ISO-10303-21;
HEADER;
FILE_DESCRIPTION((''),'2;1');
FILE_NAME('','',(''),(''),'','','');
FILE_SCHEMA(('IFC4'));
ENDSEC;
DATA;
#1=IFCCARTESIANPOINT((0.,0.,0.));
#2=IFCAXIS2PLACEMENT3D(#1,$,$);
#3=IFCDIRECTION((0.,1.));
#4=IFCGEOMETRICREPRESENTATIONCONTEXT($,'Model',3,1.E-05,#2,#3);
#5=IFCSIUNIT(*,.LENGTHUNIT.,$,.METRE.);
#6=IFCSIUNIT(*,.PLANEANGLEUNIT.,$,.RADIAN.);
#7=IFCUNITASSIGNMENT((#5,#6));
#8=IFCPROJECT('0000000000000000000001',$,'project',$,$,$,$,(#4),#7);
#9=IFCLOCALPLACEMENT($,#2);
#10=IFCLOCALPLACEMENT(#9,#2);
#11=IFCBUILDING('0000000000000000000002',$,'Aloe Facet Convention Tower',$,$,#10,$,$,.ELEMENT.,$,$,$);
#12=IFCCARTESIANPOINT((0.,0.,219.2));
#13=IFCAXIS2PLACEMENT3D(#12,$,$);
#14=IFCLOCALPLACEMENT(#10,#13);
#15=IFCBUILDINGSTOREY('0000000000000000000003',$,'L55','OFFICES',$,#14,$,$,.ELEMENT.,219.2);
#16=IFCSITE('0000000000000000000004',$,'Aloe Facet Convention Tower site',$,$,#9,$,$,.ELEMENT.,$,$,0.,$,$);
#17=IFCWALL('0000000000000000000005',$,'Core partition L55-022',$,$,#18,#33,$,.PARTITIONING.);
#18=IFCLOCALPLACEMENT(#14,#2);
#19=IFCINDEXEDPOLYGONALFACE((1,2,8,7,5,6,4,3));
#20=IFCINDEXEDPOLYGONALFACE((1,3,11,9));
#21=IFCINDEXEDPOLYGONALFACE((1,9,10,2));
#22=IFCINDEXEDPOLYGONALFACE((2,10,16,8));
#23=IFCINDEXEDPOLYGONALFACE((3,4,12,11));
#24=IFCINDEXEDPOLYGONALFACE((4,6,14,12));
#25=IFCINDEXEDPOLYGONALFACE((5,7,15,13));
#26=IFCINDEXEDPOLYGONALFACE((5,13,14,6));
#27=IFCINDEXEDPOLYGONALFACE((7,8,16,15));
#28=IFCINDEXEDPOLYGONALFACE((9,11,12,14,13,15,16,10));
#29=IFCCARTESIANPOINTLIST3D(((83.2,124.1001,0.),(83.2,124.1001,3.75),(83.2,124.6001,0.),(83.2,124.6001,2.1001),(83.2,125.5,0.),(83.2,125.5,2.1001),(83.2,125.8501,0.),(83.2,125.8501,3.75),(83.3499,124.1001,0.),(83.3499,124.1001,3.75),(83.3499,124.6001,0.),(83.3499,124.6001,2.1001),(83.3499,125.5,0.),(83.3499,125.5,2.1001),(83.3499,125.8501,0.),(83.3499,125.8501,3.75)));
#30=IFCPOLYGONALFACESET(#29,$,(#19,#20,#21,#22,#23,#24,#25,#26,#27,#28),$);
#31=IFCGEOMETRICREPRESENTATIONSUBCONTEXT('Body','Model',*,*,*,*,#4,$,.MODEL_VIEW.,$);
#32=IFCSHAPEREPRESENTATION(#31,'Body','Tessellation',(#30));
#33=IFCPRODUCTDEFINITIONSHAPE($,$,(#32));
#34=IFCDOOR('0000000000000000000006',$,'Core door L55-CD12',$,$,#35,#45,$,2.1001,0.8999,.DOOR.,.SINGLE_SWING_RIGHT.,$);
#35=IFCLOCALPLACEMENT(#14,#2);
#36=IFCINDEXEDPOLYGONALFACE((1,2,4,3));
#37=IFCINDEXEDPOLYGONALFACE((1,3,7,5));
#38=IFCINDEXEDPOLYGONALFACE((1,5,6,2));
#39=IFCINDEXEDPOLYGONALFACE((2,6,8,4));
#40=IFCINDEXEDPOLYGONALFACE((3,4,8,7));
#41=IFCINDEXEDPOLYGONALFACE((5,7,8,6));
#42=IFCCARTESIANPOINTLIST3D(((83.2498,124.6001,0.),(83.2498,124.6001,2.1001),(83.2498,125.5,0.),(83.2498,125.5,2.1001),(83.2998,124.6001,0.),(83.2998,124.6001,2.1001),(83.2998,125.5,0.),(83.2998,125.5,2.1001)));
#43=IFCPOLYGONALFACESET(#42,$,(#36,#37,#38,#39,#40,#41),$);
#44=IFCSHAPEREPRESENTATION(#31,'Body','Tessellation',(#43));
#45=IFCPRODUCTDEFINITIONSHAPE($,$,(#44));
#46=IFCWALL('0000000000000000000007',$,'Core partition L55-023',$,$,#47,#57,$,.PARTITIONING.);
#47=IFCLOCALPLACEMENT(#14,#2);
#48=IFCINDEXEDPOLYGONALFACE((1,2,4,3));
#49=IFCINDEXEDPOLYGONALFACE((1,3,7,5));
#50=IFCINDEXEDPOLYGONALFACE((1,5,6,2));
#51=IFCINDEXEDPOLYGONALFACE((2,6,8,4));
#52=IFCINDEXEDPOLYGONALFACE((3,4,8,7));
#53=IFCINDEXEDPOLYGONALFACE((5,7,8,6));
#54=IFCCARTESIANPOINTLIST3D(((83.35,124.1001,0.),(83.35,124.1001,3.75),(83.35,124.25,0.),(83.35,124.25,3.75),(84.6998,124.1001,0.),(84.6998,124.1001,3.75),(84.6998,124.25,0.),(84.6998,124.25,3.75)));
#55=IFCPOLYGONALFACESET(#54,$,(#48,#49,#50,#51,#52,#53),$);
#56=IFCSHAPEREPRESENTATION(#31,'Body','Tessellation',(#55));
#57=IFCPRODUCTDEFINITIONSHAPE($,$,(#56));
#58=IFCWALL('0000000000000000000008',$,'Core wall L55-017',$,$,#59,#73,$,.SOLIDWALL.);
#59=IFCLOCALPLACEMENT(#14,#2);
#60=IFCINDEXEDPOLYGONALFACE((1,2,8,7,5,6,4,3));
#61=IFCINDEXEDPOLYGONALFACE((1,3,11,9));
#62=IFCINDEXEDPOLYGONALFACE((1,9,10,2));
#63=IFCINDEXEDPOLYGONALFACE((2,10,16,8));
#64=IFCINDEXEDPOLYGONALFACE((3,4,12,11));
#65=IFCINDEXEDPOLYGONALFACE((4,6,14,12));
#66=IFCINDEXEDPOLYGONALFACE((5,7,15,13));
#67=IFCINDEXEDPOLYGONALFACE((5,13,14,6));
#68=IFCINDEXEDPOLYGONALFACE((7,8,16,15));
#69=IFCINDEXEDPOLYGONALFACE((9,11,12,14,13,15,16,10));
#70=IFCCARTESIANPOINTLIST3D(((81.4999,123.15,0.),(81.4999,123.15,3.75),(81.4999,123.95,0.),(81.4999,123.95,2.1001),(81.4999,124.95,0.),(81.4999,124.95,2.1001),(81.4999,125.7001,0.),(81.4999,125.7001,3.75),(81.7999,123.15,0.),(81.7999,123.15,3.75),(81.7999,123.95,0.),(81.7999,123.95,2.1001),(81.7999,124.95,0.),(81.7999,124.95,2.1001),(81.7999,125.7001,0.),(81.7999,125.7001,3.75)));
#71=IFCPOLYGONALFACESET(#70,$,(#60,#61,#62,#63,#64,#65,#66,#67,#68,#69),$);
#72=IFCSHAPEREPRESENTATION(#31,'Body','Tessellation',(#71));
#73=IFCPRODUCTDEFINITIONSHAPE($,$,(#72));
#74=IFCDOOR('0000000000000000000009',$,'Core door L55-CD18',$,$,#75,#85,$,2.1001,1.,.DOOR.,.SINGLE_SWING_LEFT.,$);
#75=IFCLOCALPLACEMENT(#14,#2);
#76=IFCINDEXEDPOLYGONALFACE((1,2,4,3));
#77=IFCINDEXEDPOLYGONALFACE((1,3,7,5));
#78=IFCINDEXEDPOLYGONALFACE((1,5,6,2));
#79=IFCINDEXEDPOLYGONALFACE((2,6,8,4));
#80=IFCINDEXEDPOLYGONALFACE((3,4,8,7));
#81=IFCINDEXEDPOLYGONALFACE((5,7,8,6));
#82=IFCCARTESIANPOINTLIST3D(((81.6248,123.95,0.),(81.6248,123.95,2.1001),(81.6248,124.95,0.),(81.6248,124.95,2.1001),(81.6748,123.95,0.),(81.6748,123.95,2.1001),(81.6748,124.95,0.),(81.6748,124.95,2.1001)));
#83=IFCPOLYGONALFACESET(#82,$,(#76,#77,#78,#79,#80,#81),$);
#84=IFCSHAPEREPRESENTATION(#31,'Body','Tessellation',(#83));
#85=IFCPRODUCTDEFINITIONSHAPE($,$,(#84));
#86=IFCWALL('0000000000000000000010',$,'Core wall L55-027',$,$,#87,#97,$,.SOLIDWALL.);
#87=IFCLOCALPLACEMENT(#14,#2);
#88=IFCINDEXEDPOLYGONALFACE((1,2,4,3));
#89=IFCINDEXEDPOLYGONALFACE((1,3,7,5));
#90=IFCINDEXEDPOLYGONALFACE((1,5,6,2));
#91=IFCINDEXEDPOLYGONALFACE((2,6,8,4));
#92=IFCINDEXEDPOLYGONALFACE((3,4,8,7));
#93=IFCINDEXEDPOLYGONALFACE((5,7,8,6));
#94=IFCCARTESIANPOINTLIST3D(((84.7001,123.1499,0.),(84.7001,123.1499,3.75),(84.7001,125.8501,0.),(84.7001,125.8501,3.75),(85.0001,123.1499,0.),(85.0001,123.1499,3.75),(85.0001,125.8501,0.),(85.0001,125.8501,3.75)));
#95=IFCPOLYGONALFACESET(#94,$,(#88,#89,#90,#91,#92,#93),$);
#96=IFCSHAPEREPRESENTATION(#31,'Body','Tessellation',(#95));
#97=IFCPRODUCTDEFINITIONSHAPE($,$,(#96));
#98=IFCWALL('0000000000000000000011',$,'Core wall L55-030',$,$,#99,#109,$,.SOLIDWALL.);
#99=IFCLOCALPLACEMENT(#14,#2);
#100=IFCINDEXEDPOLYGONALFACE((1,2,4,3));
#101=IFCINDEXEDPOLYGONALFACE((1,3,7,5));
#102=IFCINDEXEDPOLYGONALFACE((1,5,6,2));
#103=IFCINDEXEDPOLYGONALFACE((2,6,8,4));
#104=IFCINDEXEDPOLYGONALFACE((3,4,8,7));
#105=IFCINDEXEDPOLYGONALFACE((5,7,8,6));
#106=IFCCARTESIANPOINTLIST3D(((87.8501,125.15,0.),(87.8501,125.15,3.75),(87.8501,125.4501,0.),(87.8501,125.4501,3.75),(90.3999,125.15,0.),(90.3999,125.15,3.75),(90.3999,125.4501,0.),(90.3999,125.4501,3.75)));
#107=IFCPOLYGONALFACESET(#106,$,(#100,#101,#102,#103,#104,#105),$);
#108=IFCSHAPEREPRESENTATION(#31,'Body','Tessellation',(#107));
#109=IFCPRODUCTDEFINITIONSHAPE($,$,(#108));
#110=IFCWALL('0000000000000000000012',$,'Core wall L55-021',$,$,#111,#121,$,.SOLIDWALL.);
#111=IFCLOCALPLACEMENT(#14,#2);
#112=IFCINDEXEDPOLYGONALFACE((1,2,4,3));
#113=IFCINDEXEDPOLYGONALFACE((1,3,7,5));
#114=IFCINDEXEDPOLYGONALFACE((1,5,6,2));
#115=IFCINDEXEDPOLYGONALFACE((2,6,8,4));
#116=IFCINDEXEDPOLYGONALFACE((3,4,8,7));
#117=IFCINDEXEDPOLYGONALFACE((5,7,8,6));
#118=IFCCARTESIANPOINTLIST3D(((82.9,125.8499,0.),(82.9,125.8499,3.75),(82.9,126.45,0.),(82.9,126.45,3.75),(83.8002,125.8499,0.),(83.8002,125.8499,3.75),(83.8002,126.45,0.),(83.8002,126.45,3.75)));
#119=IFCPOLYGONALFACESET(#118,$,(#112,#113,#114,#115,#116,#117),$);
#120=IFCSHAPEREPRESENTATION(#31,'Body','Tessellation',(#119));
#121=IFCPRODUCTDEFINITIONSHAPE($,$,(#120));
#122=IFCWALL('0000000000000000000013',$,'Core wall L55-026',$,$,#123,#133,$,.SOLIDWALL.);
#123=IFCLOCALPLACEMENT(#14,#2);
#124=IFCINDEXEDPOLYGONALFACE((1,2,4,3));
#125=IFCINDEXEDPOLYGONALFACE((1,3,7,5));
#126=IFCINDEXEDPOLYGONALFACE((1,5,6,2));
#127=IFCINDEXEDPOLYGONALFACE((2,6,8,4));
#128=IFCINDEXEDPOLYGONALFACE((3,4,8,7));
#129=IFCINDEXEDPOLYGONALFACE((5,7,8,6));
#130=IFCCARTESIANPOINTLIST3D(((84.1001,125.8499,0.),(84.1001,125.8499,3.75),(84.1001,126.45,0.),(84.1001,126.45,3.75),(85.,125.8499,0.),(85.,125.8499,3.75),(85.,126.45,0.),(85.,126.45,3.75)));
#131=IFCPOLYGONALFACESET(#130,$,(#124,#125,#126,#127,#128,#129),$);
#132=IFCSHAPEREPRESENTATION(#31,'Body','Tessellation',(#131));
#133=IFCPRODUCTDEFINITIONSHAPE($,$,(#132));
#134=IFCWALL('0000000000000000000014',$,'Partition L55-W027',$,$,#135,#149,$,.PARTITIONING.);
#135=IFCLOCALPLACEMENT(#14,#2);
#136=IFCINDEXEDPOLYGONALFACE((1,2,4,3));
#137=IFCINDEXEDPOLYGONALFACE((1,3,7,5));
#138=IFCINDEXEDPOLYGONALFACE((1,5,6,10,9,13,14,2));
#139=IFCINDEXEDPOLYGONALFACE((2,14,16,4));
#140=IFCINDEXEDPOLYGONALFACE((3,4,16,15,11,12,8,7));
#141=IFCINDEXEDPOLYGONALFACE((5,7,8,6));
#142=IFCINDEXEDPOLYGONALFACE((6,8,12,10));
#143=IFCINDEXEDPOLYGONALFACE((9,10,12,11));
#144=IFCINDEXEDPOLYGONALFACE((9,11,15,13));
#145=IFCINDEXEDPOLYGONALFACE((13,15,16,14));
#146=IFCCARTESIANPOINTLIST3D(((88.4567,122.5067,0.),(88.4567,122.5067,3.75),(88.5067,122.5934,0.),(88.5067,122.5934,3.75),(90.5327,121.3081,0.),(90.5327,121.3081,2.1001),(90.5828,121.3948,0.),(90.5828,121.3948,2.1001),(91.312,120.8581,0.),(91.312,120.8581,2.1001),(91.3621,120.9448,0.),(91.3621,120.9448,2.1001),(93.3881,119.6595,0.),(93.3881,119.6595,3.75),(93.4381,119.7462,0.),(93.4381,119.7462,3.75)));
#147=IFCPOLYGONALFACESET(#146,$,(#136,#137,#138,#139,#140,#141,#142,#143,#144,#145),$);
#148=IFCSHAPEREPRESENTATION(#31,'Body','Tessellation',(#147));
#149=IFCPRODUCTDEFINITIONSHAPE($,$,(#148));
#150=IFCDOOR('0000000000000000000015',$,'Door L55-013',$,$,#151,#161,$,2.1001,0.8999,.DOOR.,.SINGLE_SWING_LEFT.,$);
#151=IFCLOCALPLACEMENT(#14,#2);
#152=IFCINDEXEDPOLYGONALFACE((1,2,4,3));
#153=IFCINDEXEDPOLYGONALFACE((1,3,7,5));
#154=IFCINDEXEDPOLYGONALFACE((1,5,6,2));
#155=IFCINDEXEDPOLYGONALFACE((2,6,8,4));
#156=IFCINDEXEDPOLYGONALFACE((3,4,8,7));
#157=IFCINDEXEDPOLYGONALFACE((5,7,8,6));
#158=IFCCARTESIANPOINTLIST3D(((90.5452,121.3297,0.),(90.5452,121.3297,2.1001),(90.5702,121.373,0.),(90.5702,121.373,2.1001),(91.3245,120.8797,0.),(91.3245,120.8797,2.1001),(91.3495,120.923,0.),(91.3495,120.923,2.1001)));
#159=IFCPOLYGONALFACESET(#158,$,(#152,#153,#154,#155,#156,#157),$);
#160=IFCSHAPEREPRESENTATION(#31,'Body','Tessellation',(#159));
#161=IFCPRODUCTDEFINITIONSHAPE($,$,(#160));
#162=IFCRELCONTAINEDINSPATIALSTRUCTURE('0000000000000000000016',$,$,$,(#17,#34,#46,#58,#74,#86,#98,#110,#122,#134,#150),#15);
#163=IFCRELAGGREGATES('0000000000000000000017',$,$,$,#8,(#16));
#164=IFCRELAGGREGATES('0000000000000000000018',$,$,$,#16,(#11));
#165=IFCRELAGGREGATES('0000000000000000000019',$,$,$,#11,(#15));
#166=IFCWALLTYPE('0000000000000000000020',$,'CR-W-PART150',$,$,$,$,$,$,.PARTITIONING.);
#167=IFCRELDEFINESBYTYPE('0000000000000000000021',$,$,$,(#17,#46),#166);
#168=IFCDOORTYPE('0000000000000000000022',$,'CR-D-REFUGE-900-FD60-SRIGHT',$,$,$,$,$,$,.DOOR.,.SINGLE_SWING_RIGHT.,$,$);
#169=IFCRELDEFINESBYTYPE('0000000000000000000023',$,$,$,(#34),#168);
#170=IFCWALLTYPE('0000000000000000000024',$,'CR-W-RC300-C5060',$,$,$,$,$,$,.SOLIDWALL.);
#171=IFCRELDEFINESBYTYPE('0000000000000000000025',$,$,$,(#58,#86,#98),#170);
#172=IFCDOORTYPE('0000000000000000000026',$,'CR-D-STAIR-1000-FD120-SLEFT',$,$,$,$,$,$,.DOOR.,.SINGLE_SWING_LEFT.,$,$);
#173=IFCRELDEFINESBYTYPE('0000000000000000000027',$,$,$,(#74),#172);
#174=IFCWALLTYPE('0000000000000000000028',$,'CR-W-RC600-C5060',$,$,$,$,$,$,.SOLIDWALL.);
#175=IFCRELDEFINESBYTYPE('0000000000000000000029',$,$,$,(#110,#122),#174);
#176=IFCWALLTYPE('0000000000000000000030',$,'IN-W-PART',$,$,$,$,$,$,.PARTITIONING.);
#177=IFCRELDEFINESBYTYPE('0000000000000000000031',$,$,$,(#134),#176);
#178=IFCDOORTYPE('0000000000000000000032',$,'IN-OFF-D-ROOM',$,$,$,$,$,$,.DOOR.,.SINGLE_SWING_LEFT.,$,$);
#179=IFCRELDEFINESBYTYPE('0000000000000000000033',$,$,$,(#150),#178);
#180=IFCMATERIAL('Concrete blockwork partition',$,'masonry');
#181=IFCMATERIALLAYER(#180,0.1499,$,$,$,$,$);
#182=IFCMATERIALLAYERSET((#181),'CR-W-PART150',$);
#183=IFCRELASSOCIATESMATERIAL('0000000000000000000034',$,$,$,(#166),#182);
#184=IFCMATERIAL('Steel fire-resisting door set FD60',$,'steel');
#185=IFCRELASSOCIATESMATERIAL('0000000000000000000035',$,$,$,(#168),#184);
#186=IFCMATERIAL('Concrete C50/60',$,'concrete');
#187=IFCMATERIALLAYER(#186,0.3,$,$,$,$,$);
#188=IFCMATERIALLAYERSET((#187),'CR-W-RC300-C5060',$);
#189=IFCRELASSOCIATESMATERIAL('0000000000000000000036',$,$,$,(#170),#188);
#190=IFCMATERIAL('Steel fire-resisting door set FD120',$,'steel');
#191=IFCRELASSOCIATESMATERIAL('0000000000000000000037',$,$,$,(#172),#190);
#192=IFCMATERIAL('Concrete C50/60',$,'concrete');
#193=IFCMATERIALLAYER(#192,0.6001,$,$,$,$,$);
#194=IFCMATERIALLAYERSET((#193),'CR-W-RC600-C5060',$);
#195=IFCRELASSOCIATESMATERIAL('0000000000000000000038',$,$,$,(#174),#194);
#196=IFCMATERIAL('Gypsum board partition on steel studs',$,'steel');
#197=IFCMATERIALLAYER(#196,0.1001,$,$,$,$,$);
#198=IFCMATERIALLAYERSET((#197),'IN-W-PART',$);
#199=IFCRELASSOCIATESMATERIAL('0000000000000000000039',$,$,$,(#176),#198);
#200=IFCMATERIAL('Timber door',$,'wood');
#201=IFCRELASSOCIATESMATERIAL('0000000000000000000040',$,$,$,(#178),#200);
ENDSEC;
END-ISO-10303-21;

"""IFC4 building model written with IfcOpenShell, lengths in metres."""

from ifc_helpers import new_model, si_unit, direction, frame, frame_2d, origin, place, context, subcontext, project, spatial, rectangle, extrude, material, layer, layer_set, type_object, element, fill, save


model = new_model("IFC4")

# Units and contexts
model_context = context("Model", 3, precision=1e-05, world=origin(), true_north=direction((0.0, 1.0)))
body_context = subcontext(model_context, "Body", "Model", "MODEL_VIEW")
ifc_project = project(units=[si_unit("LENGTHUNIT", "METRE"), si_unit("PLANEANGLEUNIT", "RADIAN")], contexts=[model_context])

# Site, building, storey
site_placement = place(None, origin())
site = spatial("IfcSite", under=ifc_project, at=site_placement, Name="Aloe Facet Convention Tower site", CompositionType="ELEMENT", RefElevation=0.0)
building_placement = place(site_placement, origin())
building = spatial("IfcBuilding", under=site, at=building_placement, Name="Aloe Facet Convention Tower", CompositionType="ELEMENT")
storey_placement = place(building_placement, frame((0.0, 0.0, 219.2)))
storey = spatial("IfcBuildingStorey", under=building, at=storey_placement, Name="L55", Description="OFFICES", CompositionType="ELEMENT", Elevation=219.2)

# Wall, opening, door
ifc_material_1 = material(Name="Concrete blockwork partition", Category="masonry")
ifc_layer_1 = layer(ifc_material_1, 0.1499)
ifc_layer_set_1 = layer_set([ifc_layer_1], Name="CR-W-PART150")
wall_type_1 = type_object("IfcWallType", Name="CR-W-PART150", PredefinedType="PARTITIONING", material=ifc_layer_set_1)
wall_1_placement = place(storey_placement, frame((83.2749, 125.8501, 0.0), z_axis=(0.0, 0.0, 1.0), x_axis=(0.0, -1.0, 0.0)))
wall_1 = element("IfcWall", 1, at=wall_1_placement, inside=storey, type_object=wall_type_1, Name="Core partition L55-022", PredefinedType="PARTITIONING", context=body_context, shape_type="SweptSolid", body=[
    extrude(rectangle(XDim=1.75, YDim=0.1499, at=frame_2d((0.875, 0.0))), origin(), (0.0, 0.0, 1.0), 3.75),
])
opening_1_placement = place(wall_1_placement, frame((0.3501, 0.0, 0.0)))
opening_1 = element("IfcOpeningElement", 2, at=opening_1_placement, cuts=wall_1, PredefinedType="OPENING", context=body_context, shape_type="SweptSolid", body=[
    extrude(rectangle(XDim=0.8999, YDim=2.1001, at=frame_2d((0.45, 1.05))), frame((0.0, 0.085, 0.0), z_axis=(0.0, -1.0, 0.0), x_axis=(1.0, 0.0, 0.0)), (0.0, 0.0, 1.0), 0.1699),
])
ifc_material_2 = material(Name="Steel fire-resisting door set FD60", Category="steel")
door_type_1 = type_object("IfcDoorType", Name="CR-D-REFUGE-900-FD60-SRIGHT", OperationType="SINGLE_SWING_RIGHT", PredefinedType="DOOR", material=ifc_material_2)
door_1_placement = place(opening_1_placement, origin())
door_1 = element("IfcDoor", 3, at=door_1_placement, inside=storey, type_object=door_type_1, Name="Core door L55-CD12", OperationType="SINGLE_SWING_RIGHT", OverallHeight=2.1001, OverallWidth=0.8999, PredefinedType="DOOR", context=body_context, shape_type="SweptSolid", body=[
    extrude(rectangle(XDim=0.8999, YDim=2.1001, at=frame_2d((0.45, 1.05))), frame((0.0, 0.0249, 0.0), z_axis=(0.0, -1.0, 0.0), x_axis=(1.0, 0.0, 0.0)), (0.0, 0.0, 1.0), 0.05),
])
fill(opening_1, door_1)

# Wall
wall_2_placement = place(storey_placement, frame((83.3501, 124.175, 0.0), z_axis=(0.0, 0.0, 1.0), x_axis=(1.0, 0.0, 0.0)))
element("IfcWall", 4, at=wall_2_placement, inside=storey, type_object=wall_type_1, Name="Core partition L55-023", PredefinedType="PARTITIONING", context=body_context, shape_type="SweptSolid", body=[
    extrude(rectangle(XDim=1.3499, YDim=0.1499, at=frame_2d((0.6748, 0.0))), origin(), (0.0, 0.0, 1.0), 3.75),
])

# Wall, opening, door
ifc_material_3 = material(Name="Concrete C50/60", Category="concrete")
ifc_layer_2 = layer(ifc_material_3, 0.3)
ifc_layer_set_2 = layer_set([ifc_layer_2], Name="CR-W-RC300-C5060")
wall_type_2 = type_object("IfcWallType", Name="CR-W-RC300-C5060", PredefinedType="SOLIDWALL", material=ifc_layer_set_2)
wall_3_placement = place(storey_placement, frame((81.6499, 125.7, 0.0), z_axis=(0.0, 0.0, 1.0), x_axis=(0.0, -1.0, 0.0)))
wall_3 = element("IfcWall", 5, at=wall_3_placement, inside=storey, type_object=wall_type_2, Name="Core wall L55-017", PredefinedType="SOLIDWALL", context=body_context, shape_type="SweptSolid", body=[
    extrude(rectangle(XDim=2.55, YDim=0.3, at=frame_2d((1.2749, 0.0))), origin(), (0.0, 0.0, 1.0), 3.75),
])
opening_2_placement = place(wall_3_placement, frame((0.75, 0.0, 0.0)))
opening_2 = element("IfcOpeningElement", 6, at=opening_2_placement, cuts=wall_3, PredefinedType="OPENING", context=body_context, shape_type="SweptSolid", body=[
    extrude(rectangle(XDim=1.0, YDim=2.1001, at=frame_2d((0.5, 1.05))), frame((0.0, 0.1602, 0.0), z_axis=(0.0, -1.0, 0.0), x_axis=(1.0, 0.0, 0.0)), (0.0, 0.0, 1.0), 0.3201),
])
ifc_material_4 = material(Name="Steel fire-resisting door set FD120", Category="steel")
door_type_2 = type_object("IfcDoorType", Name="CR-D-STAIR-1000-FD120-SLEFT", OperationType="SINGLE_SWING_LEFT", PredefinedType="DOOR", material=ifc_material_4)
door_2_placement = place(opening_2_placement, origin())
door_2 = element("IfcDoor", 7, at=door_2_placement, inside=storey, type_object=door_type_2, Name="Core door L55-CD18", OperationType="SINGLE_SWING_LEFT", OverallHeight=2.1001, OverallWidth=1.0, PredefinedType="DOOR", context=body_context, shape_type="SweptSolid", body=[
    extrude(rectangle(XDim=1.0, YDim=2.1001, at=frame_2d((0.5, 1.05))), frame((0.0, 0.0249, 0.0), z_axis=(0.0, -1.0, 0.0), x_axis=(1.0, 0.0, 0.0)), (0.0, 0.0, 1.0), 0.05),
])
fill(opening_2, door_2)

# Walls
wall_4_placement = place(storey_placement, frame((84.8501, 125.8501, 0.0), z_axis=(0.0, 0.0, 1.0), x_axis=(0.0, -1.0, 0.0)))
element("IfcWall", 8, at=wall_4_placement, inside=storey, type_object=wall_type_2, Name="Core wall L55-027", PredefinedType="SOLIDWALL", context=body_context, shape_type="SweptSolid", body=[
    extrude(rectangle(XDim=2.7002, YDim=0.3, at=frame_2d((1.3501, 0.0))), origin(), (0.0, 0.0, 1.0), 3.75),
])
wall_5_placement = place(storey_placement, frame((87.8501, 125.3, 0.0), z_axis=(0.0, 0.0, 1.0), x_axis=(1.0, 0.0, 0.0)))
element("IfcWall", 9, at=wall_5_placement, inside=storey, type_object=wall_type_2, Name="Core wall L55-030", PredefinedType="SOLIDWALL", context=body_context, shape_type="SweptSolid", body=[
    extrude(rectangle(XDim=2.5498, YDim=0.3, at=frame_2d((1.2749, 0.0))), origin(), (0.0, 0.0, 1.0), 3.75),
])
ifc_material_5 = material(Name="Concrete C50/60", Category="concrete")
ifc_layer_3 = layer(ifc_material_5, 0.6001)
ifc_layer_set_3 = layer_set([ifc_layer_3], Name="CR-W-RC600-C5060")
wall_type_3 = type_object("IfcWallType", Name="CR-W-RC600-C5060", PredefinedType="SOLIDWALL", material=ifc_layer_set_3)
wall_6_placement = place(storey_placement, frame((82.8999, 126.1499, 0.0), z_axis=(0.0, 0.0, 1.0), x_axis=(1.0, 0.0, 0.0)))
element("IfcWall", 10, at=wall_6_placement, inside=storey, type_object=wall_type_3, Name="Core wall L55-021", PredefinedType="SOLIDWALL", context=body_context, shape_type="SweptSolid", body=[
    extrude(rectangle(XDim=0.9001, YDim=0.6001, at=frame_2d((0.4502, 0.0))), origin(), (0.0, 0.0, 1.0), 3.75),
])
wall_7_placement = place(storey_placement, frame((84.1001, 126.1499, 0.0), z_axis=(0.0, 0.0, 1.0), x_axis=(1.0, 0.0, 0.0)))
element("IfcWall", 11, at=wall_7_placement, inside=storey, type_object=wall_type_3, Name="Core wall L55-026", PredefinedType="SOLIDWALL", context=body_context, shape_type="SweptSolid", body=[
    extrude(rectangle(XDim=0.8999, YDim=0.6001, at=frame_2d((0.45, 0.0))), origin(), (0.0, 0.0, 1.0), 3.75),
])

# Wall, opening, door
ifc_material_6 = material(Name="Gypsum board partition on steel studs", Category="steel")
ifc_layer_4 = layer(ifc_material_6, 0.1001)
ifc_layer_set_4 = layer_set([ifc_layer_4], Name="IN-W-PART")
wall_type_4 = type_object("IfcWallType", Name="IN-W-PART", PredefinedType="PARTITIONING", material=ifc_layer_set_4)
wall_8_placement = place(storey_placement, frame((88.4817, 122.55, 0.0), z_axis=(0.0, 0.0, 1.0), x_axis=(0.866024, -0.500003, 0.0)))
wall_8 = element("IfcWall", 12, at=wall_8_placement, inside=storey, type_object=wall_type_4, Name="Partition L55-W027", PredefinedType="PARTITIONING", context=body_context, shape_type="SweptSolid", body=[
    extrude(rectangle(XDim=5.6943, YDim=0.1001, at=frame_2d((2.8472, 0.0))), origin(), (0.0, 0.0, 1.0), 3.75),
])
opening_3_placement = place(wall_8_placement, frame((2.3972, 0.0, 0.0)))
opening_3 = element("IfcOpeningElement", 13, at=opening_3_placement, cuts=wall_8, PredefinedType="OPENING", context=body_context, shape_type="SweptSolid", body=[
    extrude(rectangle(XDim=0.8999, YDim=2.1001, at=frame_2d((0.45, 1.05))), frame((0.0, 0.0601, 0.0), z_axis=(0.0, -1.0, 0.0), x_axis=(1.0, 0.0, 0.0)), (0.0, 0.0, 1.0), 0.1201),
])
ifc_material_7 = material(Name="Timber door", Category="wood")
door_type_3 = type_object("IfcDoorType", Name="IN-OFF-D-ROOM", OperationType="SINGLE_SWING_LEFT", PredefinedType="DOOR", material=ifc_material_7)
door_3_placement = place(opening_3_placement, origin())
door_3 = element("IfcDoor", 14, at=door_3_placement, inside=storey, type_object=door_type_3, Name="Door L55-013", OperationType="SINGLE_SWING_LEFT", OverallHeight=2.1001, OverallWidth=0.8999, PredefinedType="DOOR", context=body_context, shape_type="SweptSolid", body=[
    extrude(rectangle(XDim=0.8999, YDim=2.1001, at=frame_2d((0.45, 1.05))), frame((0.0, 0.0249, 0.0), z_axis=(0.0, -1.0, 0.0), x_axis=(1.0, 0.0, 0.0)), (0.0, 0.0, 1.0), 0.05),
])
fill(opening_3, door_3)

save(model, "model.ifc")
